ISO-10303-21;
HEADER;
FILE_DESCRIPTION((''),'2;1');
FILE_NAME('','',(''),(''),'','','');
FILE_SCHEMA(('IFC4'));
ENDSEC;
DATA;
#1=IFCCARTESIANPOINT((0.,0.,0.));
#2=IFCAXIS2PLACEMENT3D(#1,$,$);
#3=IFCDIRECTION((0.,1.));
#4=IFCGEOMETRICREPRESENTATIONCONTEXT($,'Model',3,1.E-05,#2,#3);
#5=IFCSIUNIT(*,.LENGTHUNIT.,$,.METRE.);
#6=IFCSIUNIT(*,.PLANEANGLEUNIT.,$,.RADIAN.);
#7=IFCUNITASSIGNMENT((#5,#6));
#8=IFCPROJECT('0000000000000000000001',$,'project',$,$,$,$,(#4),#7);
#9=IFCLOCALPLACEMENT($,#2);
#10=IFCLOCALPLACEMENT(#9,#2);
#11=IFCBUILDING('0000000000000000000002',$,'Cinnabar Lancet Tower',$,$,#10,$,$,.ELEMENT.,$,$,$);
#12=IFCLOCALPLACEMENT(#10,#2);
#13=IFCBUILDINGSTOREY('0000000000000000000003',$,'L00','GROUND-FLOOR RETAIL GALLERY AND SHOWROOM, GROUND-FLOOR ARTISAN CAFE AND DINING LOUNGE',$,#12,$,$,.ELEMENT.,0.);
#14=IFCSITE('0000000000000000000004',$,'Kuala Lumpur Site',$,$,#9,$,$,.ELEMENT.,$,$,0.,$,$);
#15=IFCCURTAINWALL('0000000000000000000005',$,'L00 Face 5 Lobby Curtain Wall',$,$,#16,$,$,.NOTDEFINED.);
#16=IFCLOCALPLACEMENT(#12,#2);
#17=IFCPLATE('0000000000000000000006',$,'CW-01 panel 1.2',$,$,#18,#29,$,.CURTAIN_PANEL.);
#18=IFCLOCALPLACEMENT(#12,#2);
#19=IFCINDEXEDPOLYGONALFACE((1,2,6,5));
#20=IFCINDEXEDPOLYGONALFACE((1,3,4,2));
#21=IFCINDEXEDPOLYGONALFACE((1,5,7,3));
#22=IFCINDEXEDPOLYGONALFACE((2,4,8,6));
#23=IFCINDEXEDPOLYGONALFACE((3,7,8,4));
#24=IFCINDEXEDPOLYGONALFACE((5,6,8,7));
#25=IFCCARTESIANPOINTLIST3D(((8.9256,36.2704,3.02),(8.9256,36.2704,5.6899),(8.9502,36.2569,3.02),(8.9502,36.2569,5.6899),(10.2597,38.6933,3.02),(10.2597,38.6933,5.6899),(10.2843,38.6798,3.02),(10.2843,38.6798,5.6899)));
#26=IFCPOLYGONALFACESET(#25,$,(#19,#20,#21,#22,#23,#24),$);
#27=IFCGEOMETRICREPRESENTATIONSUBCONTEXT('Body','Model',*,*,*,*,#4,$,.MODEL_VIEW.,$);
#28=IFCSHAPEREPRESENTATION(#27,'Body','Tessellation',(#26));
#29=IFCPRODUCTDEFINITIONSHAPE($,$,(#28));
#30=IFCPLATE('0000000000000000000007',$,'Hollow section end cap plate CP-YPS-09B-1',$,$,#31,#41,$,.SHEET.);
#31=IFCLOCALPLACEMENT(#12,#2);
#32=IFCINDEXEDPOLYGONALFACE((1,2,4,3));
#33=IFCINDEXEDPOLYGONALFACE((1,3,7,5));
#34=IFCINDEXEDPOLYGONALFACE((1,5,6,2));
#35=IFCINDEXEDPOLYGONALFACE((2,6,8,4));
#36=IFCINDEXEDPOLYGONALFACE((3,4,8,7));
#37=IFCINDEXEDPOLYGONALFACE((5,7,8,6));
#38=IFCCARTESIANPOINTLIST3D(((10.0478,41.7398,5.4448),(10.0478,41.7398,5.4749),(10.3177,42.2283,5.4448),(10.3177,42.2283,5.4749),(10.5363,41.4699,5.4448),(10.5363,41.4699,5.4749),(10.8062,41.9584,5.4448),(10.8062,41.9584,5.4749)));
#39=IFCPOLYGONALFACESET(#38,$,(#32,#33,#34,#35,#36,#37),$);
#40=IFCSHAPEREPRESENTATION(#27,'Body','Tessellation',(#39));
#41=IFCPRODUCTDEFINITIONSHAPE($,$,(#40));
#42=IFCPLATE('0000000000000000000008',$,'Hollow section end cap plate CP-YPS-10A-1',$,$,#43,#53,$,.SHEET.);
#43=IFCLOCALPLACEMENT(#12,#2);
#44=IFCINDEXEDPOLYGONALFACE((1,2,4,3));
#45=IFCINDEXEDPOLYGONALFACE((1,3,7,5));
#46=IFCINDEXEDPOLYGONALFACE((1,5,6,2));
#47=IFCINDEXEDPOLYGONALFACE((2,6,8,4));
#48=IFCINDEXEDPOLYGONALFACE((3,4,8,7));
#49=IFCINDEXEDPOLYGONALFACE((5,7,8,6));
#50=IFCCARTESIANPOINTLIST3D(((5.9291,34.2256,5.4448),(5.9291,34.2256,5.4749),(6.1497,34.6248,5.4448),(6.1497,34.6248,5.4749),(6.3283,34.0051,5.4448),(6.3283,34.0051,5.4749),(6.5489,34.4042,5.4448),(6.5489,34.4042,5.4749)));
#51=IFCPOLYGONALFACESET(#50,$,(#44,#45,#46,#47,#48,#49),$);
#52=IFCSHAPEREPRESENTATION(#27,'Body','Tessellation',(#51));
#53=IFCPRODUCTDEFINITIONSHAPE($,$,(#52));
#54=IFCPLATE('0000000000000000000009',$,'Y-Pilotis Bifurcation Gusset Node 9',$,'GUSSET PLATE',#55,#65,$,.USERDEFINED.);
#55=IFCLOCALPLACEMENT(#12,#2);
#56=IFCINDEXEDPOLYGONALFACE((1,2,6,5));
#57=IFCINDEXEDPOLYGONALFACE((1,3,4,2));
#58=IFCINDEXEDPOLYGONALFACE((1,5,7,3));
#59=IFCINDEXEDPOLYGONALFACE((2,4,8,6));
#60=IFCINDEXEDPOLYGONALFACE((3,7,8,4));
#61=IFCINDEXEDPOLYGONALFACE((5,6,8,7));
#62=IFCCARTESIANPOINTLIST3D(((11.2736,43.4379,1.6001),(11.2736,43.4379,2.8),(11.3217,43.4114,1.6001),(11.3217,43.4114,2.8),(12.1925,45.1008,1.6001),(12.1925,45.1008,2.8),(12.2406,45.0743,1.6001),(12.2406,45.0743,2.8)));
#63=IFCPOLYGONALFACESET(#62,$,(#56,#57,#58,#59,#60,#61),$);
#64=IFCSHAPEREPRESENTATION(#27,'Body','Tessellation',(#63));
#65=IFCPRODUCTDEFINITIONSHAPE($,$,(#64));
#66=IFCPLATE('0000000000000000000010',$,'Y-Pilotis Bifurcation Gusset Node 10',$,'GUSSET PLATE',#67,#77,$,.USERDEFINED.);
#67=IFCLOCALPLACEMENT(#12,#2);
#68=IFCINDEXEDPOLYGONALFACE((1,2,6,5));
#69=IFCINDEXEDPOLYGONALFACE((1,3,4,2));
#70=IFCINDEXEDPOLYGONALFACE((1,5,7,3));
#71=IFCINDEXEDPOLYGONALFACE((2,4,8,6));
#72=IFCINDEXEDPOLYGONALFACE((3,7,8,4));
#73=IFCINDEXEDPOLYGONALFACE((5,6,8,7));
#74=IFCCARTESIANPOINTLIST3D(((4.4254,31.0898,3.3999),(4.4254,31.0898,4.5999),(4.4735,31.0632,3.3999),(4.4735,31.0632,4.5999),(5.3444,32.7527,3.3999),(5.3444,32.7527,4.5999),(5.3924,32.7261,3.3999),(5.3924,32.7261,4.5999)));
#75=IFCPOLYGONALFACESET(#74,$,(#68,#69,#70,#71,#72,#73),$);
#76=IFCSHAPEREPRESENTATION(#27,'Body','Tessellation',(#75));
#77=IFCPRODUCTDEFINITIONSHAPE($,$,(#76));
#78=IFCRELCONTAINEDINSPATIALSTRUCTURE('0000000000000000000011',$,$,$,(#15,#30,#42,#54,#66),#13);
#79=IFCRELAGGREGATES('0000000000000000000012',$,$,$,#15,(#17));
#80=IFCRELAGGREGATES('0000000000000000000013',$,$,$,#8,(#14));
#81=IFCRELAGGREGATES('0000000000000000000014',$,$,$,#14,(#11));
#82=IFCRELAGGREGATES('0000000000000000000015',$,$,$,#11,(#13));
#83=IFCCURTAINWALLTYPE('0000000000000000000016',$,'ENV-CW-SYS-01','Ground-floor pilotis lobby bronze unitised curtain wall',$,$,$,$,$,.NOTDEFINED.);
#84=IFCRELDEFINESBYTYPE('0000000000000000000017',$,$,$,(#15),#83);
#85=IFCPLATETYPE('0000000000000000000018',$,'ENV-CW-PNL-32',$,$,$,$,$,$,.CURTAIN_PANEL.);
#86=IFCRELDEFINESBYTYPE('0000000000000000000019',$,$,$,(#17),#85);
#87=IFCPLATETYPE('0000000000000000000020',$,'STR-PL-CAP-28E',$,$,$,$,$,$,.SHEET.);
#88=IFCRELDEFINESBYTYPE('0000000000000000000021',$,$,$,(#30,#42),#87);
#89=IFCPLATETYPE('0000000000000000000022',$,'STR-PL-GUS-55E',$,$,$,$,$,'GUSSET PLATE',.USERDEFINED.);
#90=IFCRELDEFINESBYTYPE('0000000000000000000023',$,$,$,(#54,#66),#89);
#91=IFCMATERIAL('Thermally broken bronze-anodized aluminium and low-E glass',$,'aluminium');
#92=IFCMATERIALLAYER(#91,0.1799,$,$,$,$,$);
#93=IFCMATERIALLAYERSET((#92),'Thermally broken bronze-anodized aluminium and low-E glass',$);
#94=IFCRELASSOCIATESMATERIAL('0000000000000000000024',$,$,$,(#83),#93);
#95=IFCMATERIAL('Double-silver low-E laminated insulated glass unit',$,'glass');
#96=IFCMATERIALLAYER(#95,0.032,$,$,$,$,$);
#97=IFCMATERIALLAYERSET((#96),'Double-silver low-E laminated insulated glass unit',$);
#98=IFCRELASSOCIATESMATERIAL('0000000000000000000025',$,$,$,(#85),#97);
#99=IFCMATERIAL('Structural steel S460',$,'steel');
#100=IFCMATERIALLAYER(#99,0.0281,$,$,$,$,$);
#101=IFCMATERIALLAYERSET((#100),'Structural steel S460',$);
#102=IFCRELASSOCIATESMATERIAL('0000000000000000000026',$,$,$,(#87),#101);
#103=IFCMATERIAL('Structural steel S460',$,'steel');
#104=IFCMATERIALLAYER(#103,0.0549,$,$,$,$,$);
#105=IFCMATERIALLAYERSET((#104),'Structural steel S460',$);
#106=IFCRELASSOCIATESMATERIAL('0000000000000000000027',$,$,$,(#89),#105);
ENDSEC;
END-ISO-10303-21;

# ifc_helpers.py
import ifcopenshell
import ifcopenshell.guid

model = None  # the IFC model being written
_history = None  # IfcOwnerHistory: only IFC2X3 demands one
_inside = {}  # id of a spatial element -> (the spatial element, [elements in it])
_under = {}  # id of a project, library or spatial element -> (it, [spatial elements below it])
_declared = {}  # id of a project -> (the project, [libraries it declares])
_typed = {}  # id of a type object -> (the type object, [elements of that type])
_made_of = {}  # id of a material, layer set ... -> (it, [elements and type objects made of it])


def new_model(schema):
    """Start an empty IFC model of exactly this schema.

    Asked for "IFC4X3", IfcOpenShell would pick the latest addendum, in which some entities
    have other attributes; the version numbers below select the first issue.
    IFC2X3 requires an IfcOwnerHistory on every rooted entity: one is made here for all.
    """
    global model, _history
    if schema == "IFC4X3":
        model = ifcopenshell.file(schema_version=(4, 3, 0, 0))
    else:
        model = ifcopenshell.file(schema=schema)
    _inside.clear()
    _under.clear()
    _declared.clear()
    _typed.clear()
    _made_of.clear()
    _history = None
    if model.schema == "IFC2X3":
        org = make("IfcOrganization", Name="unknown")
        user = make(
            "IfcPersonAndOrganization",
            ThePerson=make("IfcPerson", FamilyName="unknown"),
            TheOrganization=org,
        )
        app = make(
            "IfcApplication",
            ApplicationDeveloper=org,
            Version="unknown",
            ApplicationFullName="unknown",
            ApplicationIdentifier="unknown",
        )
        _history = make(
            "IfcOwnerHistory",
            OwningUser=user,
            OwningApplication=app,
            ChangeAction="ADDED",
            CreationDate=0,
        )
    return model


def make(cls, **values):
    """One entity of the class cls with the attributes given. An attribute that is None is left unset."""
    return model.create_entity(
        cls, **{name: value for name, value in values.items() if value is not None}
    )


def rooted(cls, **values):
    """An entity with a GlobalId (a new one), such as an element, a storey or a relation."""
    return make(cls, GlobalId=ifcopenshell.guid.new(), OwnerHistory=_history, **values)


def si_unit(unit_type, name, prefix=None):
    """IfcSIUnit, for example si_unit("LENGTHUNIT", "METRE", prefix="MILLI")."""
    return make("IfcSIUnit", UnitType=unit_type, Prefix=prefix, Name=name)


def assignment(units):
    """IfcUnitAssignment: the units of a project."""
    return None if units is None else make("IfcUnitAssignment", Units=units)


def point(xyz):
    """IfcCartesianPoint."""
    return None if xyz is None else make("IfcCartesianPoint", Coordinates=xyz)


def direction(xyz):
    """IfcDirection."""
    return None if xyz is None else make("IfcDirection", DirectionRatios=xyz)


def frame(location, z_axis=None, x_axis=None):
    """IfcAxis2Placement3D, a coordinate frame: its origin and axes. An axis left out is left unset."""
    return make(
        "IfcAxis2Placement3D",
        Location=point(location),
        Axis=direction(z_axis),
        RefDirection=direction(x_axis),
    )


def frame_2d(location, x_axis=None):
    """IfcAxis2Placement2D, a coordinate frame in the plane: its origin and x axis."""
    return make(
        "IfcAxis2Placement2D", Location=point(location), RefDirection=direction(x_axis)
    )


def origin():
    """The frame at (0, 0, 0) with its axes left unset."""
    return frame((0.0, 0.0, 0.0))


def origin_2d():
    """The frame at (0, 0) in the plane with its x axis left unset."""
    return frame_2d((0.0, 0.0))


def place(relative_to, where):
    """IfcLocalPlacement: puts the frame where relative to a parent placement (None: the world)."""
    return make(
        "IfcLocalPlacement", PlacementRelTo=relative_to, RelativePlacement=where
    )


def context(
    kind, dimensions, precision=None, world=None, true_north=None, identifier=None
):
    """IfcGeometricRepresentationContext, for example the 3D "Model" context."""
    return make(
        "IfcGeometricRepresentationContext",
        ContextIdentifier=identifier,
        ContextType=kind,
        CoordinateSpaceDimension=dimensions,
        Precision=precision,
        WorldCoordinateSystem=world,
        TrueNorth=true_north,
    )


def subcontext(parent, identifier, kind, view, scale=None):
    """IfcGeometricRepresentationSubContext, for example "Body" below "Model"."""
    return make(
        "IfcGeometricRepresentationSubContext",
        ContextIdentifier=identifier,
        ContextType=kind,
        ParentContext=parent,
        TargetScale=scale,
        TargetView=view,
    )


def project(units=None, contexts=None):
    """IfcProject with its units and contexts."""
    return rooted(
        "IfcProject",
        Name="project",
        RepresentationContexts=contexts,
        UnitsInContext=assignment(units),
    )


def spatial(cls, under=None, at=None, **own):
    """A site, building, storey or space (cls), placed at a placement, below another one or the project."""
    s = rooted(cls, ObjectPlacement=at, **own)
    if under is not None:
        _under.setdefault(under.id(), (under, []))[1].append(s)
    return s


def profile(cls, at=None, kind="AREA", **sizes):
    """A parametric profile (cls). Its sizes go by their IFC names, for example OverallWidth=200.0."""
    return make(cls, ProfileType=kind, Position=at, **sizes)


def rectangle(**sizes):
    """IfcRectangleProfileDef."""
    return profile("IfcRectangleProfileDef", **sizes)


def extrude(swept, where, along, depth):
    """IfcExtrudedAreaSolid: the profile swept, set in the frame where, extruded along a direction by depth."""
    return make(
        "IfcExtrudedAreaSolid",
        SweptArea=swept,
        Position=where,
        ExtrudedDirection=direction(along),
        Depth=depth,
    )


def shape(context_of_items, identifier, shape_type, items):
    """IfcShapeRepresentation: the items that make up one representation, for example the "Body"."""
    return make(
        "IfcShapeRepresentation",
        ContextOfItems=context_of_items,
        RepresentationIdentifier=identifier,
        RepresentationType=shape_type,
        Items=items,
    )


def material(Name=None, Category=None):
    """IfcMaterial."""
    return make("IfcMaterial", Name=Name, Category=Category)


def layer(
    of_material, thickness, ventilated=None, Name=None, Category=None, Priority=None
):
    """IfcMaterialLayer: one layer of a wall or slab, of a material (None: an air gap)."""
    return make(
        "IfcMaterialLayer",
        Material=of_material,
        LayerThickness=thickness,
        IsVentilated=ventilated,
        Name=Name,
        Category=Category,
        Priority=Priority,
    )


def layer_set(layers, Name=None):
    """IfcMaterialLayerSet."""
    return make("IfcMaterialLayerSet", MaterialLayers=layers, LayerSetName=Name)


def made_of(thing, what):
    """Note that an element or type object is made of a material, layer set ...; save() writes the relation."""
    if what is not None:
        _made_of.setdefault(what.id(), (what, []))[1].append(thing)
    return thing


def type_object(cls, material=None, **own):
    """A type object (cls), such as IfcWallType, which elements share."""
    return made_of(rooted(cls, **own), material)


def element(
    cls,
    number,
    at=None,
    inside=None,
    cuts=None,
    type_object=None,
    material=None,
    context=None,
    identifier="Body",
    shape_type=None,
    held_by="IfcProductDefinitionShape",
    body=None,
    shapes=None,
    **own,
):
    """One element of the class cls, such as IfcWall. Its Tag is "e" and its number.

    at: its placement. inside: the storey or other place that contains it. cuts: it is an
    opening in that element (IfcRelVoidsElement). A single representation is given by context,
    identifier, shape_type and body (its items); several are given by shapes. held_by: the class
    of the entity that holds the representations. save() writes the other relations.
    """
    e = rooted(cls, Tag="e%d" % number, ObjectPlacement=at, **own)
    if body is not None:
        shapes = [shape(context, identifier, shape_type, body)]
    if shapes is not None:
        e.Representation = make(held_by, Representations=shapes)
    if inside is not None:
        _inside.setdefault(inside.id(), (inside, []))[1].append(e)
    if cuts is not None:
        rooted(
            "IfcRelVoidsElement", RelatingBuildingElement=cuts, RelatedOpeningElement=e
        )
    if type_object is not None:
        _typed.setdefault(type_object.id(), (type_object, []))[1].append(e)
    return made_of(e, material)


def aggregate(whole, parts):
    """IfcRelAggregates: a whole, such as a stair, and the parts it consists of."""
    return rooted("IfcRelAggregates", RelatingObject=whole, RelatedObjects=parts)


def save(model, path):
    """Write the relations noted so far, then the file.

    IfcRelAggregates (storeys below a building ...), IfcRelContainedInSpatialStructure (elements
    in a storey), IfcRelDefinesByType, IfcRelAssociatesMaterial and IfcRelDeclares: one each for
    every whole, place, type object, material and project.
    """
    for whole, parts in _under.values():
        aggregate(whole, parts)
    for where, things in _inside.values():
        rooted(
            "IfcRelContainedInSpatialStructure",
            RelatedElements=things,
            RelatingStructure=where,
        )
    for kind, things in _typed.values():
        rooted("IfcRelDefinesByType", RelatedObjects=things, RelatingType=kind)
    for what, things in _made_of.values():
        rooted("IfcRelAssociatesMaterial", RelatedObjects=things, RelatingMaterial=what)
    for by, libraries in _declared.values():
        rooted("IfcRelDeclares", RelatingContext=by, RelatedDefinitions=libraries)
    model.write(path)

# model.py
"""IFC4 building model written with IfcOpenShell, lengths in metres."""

from ifc_helpers import new_model, si_unit, direction, frame, origin, origin_2d, place, context, subcontext, project, spatial, rectangle, extrude, material, layer, layer_set, type_object, element, aggregate, save


model = new_model("IFC4")

# Units and contexts
model_context = context("Model", 3, precision=1e-05, world=origin(), true_north=direction((0.0, 1.0)))
body_context = subcontext(model_context, "Body", "Model", "MODEL_VIEW")
ifc_project = project(units=[si_unit("LENGTHUNIT", "METRE"), si_unit("PLANEANGLEUNIT", "RADIAN")], contexts=[model_context])

# Site, building, storey
site_placement = place(None, origin())
site = spatial("IfcSite", under=ifc_project, at=site_placement, Name="Kuala Lumpur Site", CompositionType="ELEMENT", RefElevation=0.0)
building_placement = place(site_placement, origin())
building = spatial("IfcBuilding", under=site, at=building_placement, Name="Cinnabar Lancet Tower", CompositionType="ELEMENT")
storey_placement = place(building_placement, origin())
storey = spatial("IfcBuildingStorey", under=building, at=storey_placement, Name="L00", Description="GROUND-FLOOR RETAIL GALLERY AND SHOWROOM, GROUND-FLOOR ARTISAN CAFE AND DINING LOUNGE", CompositionType="ELEMENT", Elevation=0.0)

# Curtain wall
ifc_material_1 = material(Name="Thermally broken bronze-anodized aluminium and low-E glass", Category="aluminium")
ifc_layer_1 = layer(ifc_material_1, 0.1799)
ifc_layer_set_1 = layer_set([ifc_layer_1], Name="Thermally broken bronze-anodized aluminium and low-E glass")
curtain_wall_type = type_object("IfcCurtainWallType", Name="ENV-CW-SYS-01", Description="Ground-floor pilotis lobby bronze unitised curtain wall", PredefinedType="NOTDEFINED", material=ifc_layer_set_1)
curtain_wall_placement = place(storey_placement, origin())
curtain_wall = element("IfcCurtainWall", 1, at=curtain_wall_placement, inside=storey, type_object=curtain_wall_type, Name="L00 Face 5 Lobby Curtain Wall", PredefinedType="NOTDEFINED")

# Plate
ifc_material_2 = material(Name="Double-silver low-E laminated insulated glass unit", Category="glass")
ifc_layer_2 = layer(ifc_material_2, 0.032)
ifc_layer_set_2 = layer_set([ifc_layer_2], Name="Double-silver low-E laminated insulated glass unit")
plate_type_1 = type_object("IfcPlateType", Name="ENV-CW-PNL-32", PredefinedType="CURTAIN_PANEL", material=ifc_layer_set_2)
plate_1_placement = place(storey_placement, frame((9.605, 37.4751, 3.02), z_axis=(0.0, 0.0, 1.0), x_axis=(0.482344, 0.875982, 0.0)))
plate_1 = element("IfcPlate", 2, at=plate_1_placement, type_object=plate_type_1, Name="CW-01 panel 1.2", PredefinedType="CURTAIN_PANEL", context=body_context, shape_type="SweptSolid", body=[
    extrude(rectangle(XDim=2.7659, YDim=0.0281, at=origin_2d()), origin(), (0.0, 0.0, 1.0), 2.6699),
])
aggregate(curtain_wall, [plate_1])

# Plates
ifc_material_3 = material(Name="Structural steel S460", Category="steel")
ifc_layer_3 = layer(ifc_material_3, 0.0281)
ifc_layer_set_3 = layer_set([ifc_layer_3], Name="Structural steel S460")
plate_type_2 = type_object("IfcPlateType", Name="STR-PL-CAP-28E", PredefinedType="SHEET", material=ifc_layer_set_3)
plate_2_placement = place(storey_placement, frame((10.427, 41.8491, 5.4448), z_axis=(0.0, 0.0, 1.0), x_axis=(-0.483634, -0.87527, 0.0)))
element("IfcPlate", 3, at=plate_2_placement, inside=storey, type_object=plate_type_2, Name="Hollow section end cap plate CP-YPS-09B-1", PredefinedType="SHEET", context=body_context, shape_type="SweptSolid", body=[
    extrude(rectangle(XDim=0.5581, YDim=0.5581, at=origin_2d()), origin(), (0.0, 0.0, 1.0), 0.03),
])
plate_3_placement = place(storey_placement, frame((6.239, 34.3149, 5.4448), z_axis=(0.0, 0.0, 1.0), x_axis=(0.483634, 0.87527, 0.0)))
element("IfcPlate", 4, at=plate_3_placement, inside=storey, type_object=plate_type_2, Name="Hollow section end cap plate CP-YPS-10A-1", PredefinedType="SHEET", context=body_context, shape_type="SweptSolid", body=[
    extrude(rectangle(XDim=0.4561, YDim=0.4561, at=origin_2d()), origin(), (0.0, 0.0, 1.0), 0.03),
])
ifc_material_4 = material(Name="Structural steel S460", Category="steel")
ifc_layer_4 = layer(ifc_material_4, 0.0549)
ifc_layer_set_4 = layer_set([ifc_layer_4], Name="Structural steel S460")
plate_type_3 = type_object("IfcPlateType", Name="STR-PL-GUS-55E", ElementType="GUSSET PLATE", PredefinedType="USERDEFINED", material=ifc_layer_set_4)
for number, where, z_axis, x_axis, name in (
    (5, (11.7571, 44.2561, 1.6001), (0.0, 0.0, 1.0), (-0.483664, -0.875254, 0.0), "Y-Pilotis Bifurcation Gusset Node 9"),
    (6, (4.9089, 31.908, 3.3999), (0.0, 0.0, 1.0), (-0.483664, -0.875254, 0.0), "Y-Pilotis Bifurcation Gusset Node 10"),
):
    element("IfcPlate", number, at=place(storey_placement, frame(where, z_axis=z_axis, x_axis=x_axis)), inside=storey, type_object=plate_type_3, Name=name, ObjectType="GUSSET PLATE", PredefinedType="USERDEFINED", context=body_context, shape_type="SweptSolid", body=[
        extrude(rectangle(XDim=1.8999, YDim=0.0549, at=origin_2d()), origin(), (0.0, 0.0, 1.0), 1.2),
    ])

save(model, "model.ifc")
